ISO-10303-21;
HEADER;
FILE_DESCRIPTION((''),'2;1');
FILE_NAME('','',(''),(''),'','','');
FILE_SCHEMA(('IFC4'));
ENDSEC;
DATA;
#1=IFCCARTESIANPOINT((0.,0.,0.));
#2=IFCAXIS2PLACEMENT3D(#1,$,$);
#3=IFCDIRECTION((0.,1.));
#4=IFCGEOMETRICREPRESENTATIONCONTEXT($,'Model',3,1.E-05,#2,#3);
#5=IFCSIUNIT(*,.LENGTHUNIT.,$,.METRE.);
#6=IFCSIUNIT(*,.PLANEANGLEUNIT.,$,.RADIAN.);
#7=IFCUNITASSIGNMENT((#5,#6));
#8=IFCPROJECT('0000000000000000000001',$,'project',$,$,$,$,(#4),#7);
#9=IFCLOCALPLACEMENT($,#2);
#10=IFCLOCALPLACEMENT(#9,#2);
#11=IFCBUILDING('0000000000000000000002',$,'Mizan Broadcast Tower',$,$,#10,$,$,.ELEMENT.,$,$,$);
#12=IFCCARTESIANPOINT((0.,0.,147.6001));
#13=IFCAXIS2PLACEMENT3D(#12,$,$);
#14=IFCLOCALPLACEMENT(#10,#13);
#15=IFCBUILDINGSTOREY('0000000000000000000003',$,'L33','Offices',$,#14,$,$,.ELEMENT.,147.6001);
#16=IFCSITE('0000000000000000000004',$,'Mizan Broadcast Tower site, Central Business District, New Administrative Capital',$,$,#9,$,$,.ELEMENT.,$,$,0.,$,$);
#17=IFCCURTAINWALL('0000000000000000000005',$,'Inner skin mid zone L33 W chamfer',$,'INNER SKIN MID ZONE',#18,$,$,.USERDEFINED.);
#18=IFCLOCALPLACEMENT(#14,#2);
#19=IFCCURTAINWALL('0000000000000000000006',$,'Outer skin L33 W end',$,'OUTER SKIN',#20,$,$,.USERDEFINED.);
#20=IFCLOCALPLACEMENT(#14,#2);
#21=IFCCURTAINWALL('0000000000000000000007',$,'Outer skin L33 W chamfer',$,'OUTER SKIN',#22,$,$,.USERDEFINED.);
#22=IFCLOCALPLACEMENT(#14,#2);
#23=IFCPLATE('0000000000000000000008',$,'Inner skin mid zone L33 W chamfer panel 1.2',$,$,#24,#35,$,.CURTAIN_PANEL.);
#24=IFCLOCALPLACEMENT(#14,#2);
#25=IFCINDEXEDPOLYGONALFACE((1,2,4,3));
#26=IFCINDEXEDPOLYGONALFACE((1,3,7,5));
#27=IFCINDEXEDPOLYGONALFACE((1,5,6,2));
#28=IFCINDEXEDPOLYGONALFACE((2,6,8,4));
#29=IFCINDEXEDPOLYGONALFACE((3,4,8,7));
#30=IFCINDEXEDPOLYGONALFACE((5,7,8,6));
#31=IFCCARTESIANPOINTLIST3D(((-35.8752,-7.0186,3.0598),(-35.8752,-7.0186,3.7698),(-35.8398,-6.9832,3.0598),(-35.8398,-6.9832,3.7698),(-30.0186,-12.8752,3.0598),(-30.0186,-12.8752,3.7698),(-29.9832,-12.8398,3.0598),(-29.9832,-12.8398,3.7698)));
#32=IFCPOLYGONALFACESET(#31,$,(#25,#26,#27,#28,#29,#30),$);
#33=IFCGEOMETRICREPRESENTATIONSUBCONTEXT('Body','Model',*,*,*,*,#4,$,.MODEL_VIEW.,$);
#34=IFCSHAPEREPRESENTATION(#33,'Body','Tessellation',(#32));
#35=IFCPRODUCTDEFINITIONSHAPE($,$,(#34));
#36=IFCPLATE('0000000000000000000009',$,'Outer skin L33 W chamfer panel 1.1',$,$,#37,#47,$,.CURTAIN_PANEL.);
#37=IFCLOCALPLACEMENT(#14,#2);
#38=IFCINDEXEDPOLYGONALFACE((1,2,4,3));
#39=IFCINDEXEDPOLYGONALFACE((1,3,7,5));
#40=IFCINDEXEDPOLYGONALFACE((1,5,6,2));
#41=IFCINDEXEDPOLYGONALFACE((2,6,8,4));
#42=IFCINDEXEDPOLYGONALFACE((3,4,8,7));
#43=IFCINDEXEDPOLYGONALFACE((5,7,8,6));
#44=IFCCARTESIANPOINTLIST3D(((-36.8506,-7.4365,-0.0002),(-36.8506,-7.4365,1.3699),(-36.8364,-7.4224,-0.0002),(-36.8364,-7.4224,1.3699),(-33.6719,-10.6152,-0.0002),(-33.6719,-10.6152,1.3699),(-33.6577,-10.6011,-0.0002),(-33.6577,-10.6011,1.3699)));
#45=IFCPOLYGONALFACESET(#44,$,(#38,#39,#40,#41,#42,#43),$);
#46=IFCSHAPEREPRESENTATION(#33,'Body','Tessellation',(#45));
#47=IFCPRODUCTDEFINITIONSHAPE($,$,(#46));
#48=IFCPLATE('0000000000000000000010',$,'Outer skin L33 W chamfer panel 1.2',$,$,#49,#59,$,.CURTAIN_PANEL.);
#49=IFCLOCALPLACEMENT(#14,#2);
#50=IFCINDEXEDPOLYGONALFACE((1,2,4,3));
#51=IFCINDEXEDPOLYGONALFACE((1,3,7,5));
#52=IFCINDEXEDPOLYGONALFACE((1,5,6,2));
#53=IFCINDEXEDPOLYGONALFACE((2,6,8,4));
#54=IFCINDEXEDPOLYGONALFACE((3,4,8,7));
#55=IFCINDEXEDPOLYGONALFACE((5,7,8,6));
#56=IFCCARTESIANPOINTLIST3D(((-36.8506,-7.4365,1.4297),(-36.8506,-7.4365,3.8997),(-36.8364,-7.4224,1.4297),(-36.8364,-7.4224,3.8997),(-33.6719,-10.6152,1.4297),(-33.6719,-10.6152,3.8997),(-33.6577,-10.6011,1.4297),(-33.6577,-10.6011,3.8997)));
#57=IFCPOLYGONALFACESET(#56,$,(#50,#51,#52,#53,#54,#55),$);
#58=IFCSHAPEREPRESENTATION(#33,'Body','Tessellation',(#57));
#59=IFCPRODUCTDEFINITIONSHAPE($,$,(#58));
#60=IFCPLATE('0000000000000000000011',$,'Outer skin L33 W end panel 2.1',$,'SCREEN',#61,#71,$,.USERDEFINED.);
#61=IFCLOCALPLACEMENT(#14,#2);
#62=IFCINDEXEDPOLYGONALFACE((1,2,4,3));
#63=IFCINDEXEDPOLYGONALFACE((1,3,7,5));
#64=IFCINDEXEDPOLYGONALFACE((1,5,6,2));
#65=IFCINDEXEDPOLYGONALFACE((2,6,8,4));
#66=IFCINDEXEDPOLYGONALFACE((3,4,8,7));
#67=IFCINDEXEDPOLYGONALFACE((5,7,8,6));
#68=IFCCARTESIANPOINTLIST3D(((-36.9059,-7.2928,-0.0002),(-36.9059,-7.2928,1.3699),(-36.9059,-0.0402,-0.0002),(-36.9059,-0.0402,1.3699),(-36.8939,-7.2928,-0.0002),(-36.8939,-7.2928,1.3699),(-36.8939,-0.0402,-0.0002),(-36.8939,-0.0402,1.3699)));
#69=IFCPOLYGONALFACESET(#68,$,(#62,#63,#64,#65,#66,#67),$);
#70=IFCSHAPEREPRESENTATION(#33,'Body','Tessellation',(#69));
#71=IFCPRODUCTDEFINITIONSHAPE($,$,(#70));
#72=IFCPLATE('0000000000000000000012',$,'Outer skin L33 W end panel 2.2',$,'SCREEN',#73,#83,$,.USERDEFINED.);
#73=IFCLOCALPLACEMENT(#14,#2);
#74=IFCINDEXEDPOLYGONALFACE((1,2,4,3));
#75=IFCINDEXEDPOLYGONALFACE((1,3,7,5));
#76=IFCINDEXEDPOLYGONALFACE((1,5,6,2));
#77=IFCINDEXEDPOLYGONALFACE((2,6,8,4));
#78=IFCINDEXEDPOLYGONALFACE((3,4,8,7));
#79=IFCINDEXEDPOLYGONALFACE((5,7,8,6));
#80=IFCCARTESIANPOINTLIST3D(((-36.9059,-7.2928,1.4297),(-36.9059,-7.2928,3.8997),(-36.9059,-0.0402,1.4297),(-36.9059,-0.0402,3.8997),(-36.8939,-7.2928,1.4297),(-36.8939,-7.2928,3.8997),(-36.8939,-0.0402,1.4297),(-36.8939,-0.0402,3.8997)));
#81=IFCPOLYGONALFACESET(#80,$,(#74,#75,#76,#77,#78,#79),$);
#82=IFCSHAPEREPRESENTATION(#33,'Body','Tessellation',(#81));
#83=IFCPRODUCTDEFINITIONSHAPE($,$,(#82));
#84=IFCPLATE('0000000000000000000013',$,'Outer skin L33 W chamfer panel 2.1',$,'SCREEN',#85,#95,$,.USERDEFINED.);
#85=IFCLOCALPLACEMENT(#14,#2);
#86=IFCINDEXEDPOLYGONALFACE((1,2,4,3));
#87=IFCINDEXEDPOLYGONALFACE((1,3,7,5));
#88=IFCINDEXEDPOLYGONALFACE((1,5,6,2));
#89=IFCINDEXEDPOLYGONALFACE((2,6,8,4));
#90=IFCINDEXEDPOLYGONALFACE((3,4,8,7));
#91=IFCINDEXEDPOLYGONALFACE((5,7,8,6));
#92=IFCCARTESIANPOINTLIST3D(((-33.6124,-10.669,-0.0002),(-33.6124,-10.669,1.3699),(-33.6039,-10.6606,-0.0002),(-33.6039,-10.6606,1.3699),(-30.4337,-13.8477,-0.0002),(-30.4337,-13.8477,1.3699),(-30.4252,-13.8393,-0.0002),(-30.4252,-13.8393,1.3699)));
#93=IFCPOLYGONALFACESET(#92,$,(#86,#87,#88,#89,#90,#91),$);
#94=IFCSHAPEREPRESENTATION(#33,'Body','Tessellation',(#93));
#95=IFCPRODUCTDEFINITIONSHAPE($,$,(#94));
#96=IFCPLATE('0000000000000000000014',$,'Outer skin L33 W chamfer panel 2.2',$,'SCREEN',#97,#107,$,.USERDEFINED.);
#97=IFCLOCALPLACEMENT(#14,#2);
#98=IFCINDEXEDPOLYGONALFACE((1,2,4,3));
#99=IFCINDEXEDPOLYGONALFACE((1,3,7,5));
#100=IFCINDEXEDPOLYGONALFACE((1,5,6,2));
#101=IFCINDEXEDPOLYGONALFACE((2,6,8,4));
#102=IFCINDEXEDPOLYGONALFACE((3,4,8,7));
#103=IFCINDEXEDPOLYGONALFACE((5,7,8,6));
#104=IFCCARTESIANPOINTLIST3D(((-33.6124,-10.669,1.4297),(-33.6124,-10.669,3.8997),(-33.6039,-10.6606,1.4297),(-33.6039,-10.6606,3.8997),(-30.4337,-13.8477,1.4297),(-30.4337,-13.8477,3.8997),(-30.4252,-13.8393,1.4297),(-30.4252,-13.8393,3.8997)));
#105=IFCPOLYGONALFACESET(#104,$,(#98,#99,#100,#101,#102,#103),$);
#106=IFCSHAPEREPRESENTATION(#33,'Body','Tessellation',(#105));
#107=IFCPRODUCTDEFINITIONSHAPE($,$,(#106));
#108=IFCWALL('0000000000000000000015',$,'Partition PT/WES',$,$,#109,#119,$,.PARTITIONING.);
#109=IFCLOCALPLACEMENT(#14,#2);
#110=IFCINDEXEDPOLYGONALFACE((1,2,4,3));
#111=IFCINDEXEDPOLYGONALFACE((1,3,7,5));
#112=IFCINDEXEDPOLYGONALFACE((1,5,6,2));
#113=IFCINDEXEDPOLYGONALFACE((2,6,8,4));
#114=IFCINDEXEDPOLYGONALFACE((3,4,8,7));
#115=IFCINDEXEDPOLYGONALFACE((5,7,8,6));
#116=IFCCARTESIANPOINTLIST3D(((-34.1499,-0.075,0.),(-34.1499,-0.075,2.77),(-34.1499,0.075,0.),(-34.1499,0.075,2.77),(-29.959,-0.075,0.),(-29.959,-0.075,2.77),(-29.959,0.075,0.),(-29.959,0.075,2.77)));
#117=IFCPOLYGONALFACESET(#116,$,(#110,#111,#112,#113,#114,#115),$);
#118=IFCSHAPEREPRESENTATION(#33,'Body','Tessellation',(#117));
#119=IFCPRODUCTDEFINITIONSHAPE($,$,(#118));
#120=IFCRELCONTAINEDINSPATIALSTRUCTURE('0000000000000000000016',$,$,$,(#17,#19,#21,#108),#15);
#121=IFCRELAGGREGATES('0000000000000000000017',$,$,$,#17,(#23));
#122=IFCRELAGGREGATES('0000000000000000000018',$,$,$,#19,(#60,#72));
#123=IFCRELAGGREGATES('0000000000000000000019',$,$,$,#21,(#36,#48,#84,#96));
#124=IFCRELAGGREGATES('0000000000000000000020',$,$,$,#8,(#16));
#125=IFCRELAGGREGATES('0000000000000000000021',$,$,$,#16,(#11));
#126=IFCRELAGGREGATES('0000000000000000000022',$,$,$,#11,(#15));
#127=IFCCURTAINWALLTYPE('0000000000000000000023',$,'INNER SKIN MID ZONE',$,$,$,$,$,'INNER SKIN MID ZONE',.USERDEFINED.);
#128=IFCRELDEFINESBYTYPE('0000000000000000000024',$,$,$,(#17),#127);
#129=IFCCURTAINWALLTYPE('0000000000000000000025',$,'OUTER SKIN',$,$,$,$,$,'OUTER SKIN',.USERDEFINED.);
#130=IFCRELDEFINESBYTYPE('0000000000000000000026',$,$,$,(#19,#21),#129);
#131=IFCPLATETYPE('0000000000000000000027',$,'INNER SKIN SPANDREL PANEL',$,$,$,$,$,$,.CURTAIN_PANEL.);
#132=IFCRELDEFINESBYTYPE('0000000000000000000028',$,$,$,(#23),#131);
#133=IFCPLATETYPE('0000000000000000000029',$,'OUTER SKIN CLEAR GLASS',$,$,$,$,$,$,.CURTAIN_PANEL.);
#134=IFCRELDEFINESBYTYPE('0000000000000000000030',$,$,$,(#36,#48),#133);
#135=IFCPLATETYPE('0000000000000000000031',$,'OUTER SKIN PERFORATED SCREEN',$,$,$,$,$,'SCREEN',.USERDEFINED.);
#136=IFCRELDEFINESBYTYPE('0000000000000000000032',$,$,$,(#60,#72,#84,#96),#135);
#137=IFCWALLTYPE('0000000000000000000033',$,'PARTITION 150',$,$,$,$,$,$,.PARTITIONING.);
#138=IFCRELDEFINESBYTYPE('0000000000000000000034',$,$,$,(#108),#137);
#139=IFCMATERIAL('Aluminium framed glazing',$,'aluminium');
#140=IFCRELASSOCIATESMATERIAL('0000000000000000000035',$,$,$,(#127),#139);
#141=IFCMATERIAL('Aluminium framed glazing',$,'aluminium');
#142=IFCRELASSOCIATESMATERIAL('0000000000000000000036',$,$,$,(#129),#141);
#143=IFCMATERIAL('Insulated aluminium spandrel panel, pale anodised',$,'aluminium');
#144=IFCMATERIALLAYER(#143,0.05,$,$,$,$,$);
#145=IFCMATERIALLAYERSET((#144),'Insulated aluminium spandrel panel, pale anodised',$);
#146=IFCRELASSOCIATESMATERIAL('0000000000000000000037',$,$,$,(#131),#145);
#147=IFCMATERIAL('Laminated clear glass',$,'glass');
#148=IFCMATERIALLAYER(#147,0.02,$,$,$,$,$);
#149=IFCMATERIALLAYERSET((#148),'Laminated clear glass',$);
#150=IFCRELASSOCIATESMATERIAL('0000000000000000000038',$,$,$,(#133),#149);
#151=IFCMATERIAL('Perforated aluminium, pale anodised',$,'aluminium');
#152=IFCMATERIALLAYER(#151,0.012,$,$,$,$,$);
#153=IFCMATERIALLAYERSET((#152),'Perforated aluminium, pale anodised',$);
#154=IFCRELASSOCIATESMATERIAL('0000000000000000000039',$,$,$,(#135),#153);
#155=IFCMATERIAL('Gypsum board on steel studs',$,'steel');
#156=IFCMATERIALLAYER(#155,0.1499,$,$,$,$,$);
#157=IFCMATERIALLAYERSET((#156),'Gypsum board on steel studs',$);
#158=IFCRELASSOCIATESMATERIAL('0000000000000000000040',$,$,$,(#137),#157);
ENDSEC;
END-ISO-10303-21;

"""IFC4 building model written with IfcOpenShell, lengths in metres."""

from ifc_helpers import new_model, si_unit, direction, frame, frame_2d, origin, origin_2d, place, context, subcontext, project, spatial, rectangle, extrude, material, layer, layer_set, type_object, element, aggregate, save


model = new_model("IFC4")

# Units and contexts
model_context = context("Model", 3, precision=1e-05, world=origin(), true_north=direction((0.0, 1.0)))
body_context = subcontext(model_context, "Body", "Model", "MODEL_VIEW")
ifc_project = project(units=[si_unit("LENGTHUNIT", "METRE"), si_unit("PLANEANGLEUNIT", "RADIAN")], contexts=[model_context])

# Site, building, storey
site_placement = place(None, origin())
site = spatial("IfcSite", under=ifc_project, at=site_placement, Name="Mizan Broadcast Tower site, Central Business District, New Administrative Capital", CompositionType="ELEMENT", RefElevation=0.0)
building_placement = place(site_placement, origin())
building = spatial("IfcBuilding", under=site, at=building_placement, Name="Mizan Broadcast Tower", CompositionType="ELEMENT")
storey_placement = place(building_placement, frame((0.0, 0.0, 147.6001)))
storey = spatial("IfcBuildingStorey", under=building, at=storey_placement, Name="L33", Description="Offices", CompositionType="ELEMENT", Elevation=147.6001)

# Shared definitions
ifc_material_1 = material(Name="Aluminium framed glazing", Category="aluminium")
curtain_wall_type_1 = type_object("IfcCurtainWallType", Name="INNER SKIN MID ZONE", ElementType="INNER SKIN MID ZONE", PredefinedType="USERDEFINED", material=ifc_material_1)

# Curtain wall
curtain_wall_1_placement = place(storey_placement, origin())
curtain_wall_1 = element("IfcCurtainWall", 1, at=curtain_wall_1_placement, inside=storey, type_object=curtain_wall_type_1, Name="Inner skin mid zone L33 W chamfer", ObjectType="INNER SKIN MID ZONE", PredefinedType="USERDEFINED")

# Curtain walls
ifc_material_2 = material(Name="Aluminium framed glazing", Category="aluminium")
curtain_wall_type_2 = type_object("IfcCurtainWallType", Name="OUTER SKIN", ElementType="OUTER SKIN", PredefinedType="USERDEFINED", material=ifc_material_2)
curtain_wall_2_placement = place(storey_placement, origin())
curtain_wall_2 = element("IfcCurtainWall", 2, at=curtain_wall_2_placement, inside=storey, type_object=curtain_wall_type_2, Name="Outer skin L33 W end", ObjectType="OUTER SKIN", PredefinedType="USERDEFINED")
curtain_wall_3_placement = place(storey_placement, origin())
curtain_wall_3 = element("IfcCurtainWall", 3, at=curtain_wall_3_placement, inside=storey, type_object=curtain_wall_type_2, Name="Outer skin L33 W chamfer", ObjectType="OUTER SKIN", PredefinedType="USERDEFINED")

# Plates
ifc_material_3 = material(Name="Insulated aluminium spandrel panel, pale anodised", Category="aluminium")
ifc_layer_1 = layer(ifc_material_3, 0.05)
ifc_layer_set_1 = layer_set([ifc_layer_1], Name="Insulated aluminium spandrel panel, pale anodised")
plate_type_1 = type_object("IfcPlateType", Name="INNER SKIN SPANDREL PANEL", PredefinedType="CURTAIN_PANEL", material=ifc_layer_set_1)
plate_1_placement = place(storey_placement, frame((-32.9292, -9.9292, 3.0598), z_axis=(0.0, 0.0, 1.0), x_axis=(0.707107, -0.707107, 0.0)))
plate_1 = element("IfcPlate", 4, at=plate_1_placement, type_object=plate_type_1, Name="Inner skin mid zone L33 W chamfer panel 1.2", PredefinedType="CURTAIN_PANEL", context=body_context, shape_type="SweptSolid", body=[
    extrude(rectangle(XDim=8.2825, YDim=0.05, at=origin_2d()), origin(), (0.0, 0.0, 1.0), 0.71),
])
aggregate(curtain_wall_1, [plate_1])
ifc_material_4 = material(Name="Laminated clear glass", Category="glass")
ifc_layer_2 = layer(ifc_material_4, 0.02)
ifc_layer_set_2 = layer_set([ifc_layer_2], Name="Laminated clear glass")
plate_type_2 = type_object("IfcPlateType", Name="OUTER SKIN CLEAR GLASS", PredefinedType="CURTAIN_PANEL", material=ifc_layer_set_2)
plate_2_placement = place(storey_placement, frame((-35.2542, -9.0188, -0.0002), z_axis=(0.0, 0.0, 1.0), x_axis=(0.707107, -0.707107, 0.0)))
plate_2 = element("IfcPlate", 5, at=plate_2_placement, type_object=plate_type_2, Name="Outer skin L33 W chamfer panel 1.1", PredefinedType="CURTAIN_PANEL", context=body_context, shape_type="SweptSolid", body=[
    extrude(rectangle(XDim=4.4954, YDim=0.02, at=origin_2d()), origin(), (0.0, 0.0, 1.0), 1.3701),
])
plate_3_placement = place(storey_placement, frame((-35.2542, -9.0188, 1.4297), z_axis=(0.0, 0.0, 1.0), x_axis=(0.707107, -0.707107, 0.0)))
plate_3 = element("IfcPlate", 6, at=plate_3_placement, type_object=plate_type_2, Name="Outer skin L33 W chamfer panel 1.2", PredefinedType="CURTAIN_PANEL", context=body_context, shape_type="SweptSolid", body=[
    extrude(rectangle(XDim=4.4954, YDim=0.02, at=origin_2d()), origin(), (0.0, 0.0, 1.0), 2.47),
])
ifc_material_5 = material(Name="Perforated aluminium, pale anodised", Category="aluminium")
ifc_layer_3 = layer(ifc_material_5, 0.012)
ifc_layer_set_3 = layer_set([ifc_layer_3], Name="Perforated aluminium, pale anodised")
plate_type_3 = type_object("IfcPlateType", Name="OUTER SKIN PERFORATED SCREEN", ElementType="SCREEN", PredefinedType="USERDEFINED", material=ifc_layer_set_3)
plate_4_placement = place(storey_placement, frame((-36.8999, -3.6665, -0.0002), z_axis=(0.0, 0.0, 1.0), x_axis=(0.0, -1.0, 0.0)))
plate_4 = element("IfcPlate", 7, at=plate_4_placement, type_object=plate_type_3, Name="Outer skin L33 W end panel 2.1", ObjectType="SCREEN", PredefinedType="USERDEFINED", context=body_context, shape_type="SweptSolid", body=[
    extrude(rectangle(XDim=7.2527, YDim=0.012, at=origin_2d()), origin(), (0.0, 0.0, 1.0), 1.3701),
])
plate_5_placement = place(storey_placement, frame((-36.8999, -3.6665, 1.4297), z_axis=(0.0, 0.0, 1.0), x_axis=(0.0, -1.0, 0.0)))
plate_5 = element("IfcPlate", 8, at=plate_5_placement, type_object=plate_type_3, Name="Outer skin L33 W end panel 2.2", ObjectType="SCREEN", PredefinedType="USERDEFINED", context=body_context, shape_type="SweptSolid", body=[
    extrude(rectangle(XDim=7.2527, YDim=0.012, at=origin_2d()), origin(), (0.0, 0.0, 1.0), 2.47),
])
aggregate(curtain_wall_2, [plate_4, plate_5])
plate_6_placement = place(storey_placement, frame((-32.0188, -12.2542, -0.0002), z_axis=(0.0, 0.0, 1.0), x_axis=(0.707107, -0.707107, 0.0)))
plate_6 = element("IfcPlate", 9, at=plate_6_placement, type_object=plate_type_3, Name="Outer skin L33 W chamfer panel 2.1", ObjectType="SCREEN", PredefinedType="USERDEFINED", context=body_context, shape_type="SweptSolid", body=[
    extrude(rectangle(XDim=4.4954, YDim=0.012, at=origin_2d()), origin(), (0.0, 0.0, 1.0), 1.3701),
])
plate_7_placement = place(storey_placement, frame((-32.0188, -12.2542, 1.4297), z_axis=(0.0, 0.0, 1.0), x_axis=(0.707107, -0.707107, 0.0)))
plate_7 = element("IfcPlate", 10, at=plate_7_placement, type_object=plate_type_3, Name="Outer skin L33 W chamfer panel 2.2", ObjectType="SCREEN", PredefinedType="USERDEFINED", context=body_context, shape_type="SweptSolid", body=[
    extrude(rectangle(XDim=4.4954, YDim=0.012, at=origin_2d()), origin(), (0.0, 0.0, 1.0), 2.47),
])
aggregate(curtain_wall_3, [plate_2, plate_3, plate_6, plate_7])

# Wall
ifc_material_6 = material(Name="Gypsum board on steel studs", Category="steel")
ifc_layer_4 = layer(ifc_material_6, 0.1499)
ifc_layer_set_4 = layer_set([ifc_layer_4], Name="Gypsum board on steel studs")
wall_type = type_object("IfcWallType", Name="PARTITION 150", PredefinedType="PARTITIONING", material=ifc_layer_set_4)
wall_placement = place(storey_placement, frame((-29.959, 0.0, 0.0), z_axis=(0.0, 0.0, 1.0), x_axis=(-1.0, 0.0, 0.0)))
element("IfcWall", 11, at=wall_placement, inside=storey, type_object=wall_type, Name="Partition PT/WES", PredefinedType="PARTITIONING", context=body_context, shape_type="SweptSolid", body=[
    extrude(rectangle(XDim=4.1909, YDim=0.1499, at=frame_2d((2.0955, 0.0))), origin(), (0.0, 0.0, 1.0), 2.77),
])

save(model, "model.ifc")
